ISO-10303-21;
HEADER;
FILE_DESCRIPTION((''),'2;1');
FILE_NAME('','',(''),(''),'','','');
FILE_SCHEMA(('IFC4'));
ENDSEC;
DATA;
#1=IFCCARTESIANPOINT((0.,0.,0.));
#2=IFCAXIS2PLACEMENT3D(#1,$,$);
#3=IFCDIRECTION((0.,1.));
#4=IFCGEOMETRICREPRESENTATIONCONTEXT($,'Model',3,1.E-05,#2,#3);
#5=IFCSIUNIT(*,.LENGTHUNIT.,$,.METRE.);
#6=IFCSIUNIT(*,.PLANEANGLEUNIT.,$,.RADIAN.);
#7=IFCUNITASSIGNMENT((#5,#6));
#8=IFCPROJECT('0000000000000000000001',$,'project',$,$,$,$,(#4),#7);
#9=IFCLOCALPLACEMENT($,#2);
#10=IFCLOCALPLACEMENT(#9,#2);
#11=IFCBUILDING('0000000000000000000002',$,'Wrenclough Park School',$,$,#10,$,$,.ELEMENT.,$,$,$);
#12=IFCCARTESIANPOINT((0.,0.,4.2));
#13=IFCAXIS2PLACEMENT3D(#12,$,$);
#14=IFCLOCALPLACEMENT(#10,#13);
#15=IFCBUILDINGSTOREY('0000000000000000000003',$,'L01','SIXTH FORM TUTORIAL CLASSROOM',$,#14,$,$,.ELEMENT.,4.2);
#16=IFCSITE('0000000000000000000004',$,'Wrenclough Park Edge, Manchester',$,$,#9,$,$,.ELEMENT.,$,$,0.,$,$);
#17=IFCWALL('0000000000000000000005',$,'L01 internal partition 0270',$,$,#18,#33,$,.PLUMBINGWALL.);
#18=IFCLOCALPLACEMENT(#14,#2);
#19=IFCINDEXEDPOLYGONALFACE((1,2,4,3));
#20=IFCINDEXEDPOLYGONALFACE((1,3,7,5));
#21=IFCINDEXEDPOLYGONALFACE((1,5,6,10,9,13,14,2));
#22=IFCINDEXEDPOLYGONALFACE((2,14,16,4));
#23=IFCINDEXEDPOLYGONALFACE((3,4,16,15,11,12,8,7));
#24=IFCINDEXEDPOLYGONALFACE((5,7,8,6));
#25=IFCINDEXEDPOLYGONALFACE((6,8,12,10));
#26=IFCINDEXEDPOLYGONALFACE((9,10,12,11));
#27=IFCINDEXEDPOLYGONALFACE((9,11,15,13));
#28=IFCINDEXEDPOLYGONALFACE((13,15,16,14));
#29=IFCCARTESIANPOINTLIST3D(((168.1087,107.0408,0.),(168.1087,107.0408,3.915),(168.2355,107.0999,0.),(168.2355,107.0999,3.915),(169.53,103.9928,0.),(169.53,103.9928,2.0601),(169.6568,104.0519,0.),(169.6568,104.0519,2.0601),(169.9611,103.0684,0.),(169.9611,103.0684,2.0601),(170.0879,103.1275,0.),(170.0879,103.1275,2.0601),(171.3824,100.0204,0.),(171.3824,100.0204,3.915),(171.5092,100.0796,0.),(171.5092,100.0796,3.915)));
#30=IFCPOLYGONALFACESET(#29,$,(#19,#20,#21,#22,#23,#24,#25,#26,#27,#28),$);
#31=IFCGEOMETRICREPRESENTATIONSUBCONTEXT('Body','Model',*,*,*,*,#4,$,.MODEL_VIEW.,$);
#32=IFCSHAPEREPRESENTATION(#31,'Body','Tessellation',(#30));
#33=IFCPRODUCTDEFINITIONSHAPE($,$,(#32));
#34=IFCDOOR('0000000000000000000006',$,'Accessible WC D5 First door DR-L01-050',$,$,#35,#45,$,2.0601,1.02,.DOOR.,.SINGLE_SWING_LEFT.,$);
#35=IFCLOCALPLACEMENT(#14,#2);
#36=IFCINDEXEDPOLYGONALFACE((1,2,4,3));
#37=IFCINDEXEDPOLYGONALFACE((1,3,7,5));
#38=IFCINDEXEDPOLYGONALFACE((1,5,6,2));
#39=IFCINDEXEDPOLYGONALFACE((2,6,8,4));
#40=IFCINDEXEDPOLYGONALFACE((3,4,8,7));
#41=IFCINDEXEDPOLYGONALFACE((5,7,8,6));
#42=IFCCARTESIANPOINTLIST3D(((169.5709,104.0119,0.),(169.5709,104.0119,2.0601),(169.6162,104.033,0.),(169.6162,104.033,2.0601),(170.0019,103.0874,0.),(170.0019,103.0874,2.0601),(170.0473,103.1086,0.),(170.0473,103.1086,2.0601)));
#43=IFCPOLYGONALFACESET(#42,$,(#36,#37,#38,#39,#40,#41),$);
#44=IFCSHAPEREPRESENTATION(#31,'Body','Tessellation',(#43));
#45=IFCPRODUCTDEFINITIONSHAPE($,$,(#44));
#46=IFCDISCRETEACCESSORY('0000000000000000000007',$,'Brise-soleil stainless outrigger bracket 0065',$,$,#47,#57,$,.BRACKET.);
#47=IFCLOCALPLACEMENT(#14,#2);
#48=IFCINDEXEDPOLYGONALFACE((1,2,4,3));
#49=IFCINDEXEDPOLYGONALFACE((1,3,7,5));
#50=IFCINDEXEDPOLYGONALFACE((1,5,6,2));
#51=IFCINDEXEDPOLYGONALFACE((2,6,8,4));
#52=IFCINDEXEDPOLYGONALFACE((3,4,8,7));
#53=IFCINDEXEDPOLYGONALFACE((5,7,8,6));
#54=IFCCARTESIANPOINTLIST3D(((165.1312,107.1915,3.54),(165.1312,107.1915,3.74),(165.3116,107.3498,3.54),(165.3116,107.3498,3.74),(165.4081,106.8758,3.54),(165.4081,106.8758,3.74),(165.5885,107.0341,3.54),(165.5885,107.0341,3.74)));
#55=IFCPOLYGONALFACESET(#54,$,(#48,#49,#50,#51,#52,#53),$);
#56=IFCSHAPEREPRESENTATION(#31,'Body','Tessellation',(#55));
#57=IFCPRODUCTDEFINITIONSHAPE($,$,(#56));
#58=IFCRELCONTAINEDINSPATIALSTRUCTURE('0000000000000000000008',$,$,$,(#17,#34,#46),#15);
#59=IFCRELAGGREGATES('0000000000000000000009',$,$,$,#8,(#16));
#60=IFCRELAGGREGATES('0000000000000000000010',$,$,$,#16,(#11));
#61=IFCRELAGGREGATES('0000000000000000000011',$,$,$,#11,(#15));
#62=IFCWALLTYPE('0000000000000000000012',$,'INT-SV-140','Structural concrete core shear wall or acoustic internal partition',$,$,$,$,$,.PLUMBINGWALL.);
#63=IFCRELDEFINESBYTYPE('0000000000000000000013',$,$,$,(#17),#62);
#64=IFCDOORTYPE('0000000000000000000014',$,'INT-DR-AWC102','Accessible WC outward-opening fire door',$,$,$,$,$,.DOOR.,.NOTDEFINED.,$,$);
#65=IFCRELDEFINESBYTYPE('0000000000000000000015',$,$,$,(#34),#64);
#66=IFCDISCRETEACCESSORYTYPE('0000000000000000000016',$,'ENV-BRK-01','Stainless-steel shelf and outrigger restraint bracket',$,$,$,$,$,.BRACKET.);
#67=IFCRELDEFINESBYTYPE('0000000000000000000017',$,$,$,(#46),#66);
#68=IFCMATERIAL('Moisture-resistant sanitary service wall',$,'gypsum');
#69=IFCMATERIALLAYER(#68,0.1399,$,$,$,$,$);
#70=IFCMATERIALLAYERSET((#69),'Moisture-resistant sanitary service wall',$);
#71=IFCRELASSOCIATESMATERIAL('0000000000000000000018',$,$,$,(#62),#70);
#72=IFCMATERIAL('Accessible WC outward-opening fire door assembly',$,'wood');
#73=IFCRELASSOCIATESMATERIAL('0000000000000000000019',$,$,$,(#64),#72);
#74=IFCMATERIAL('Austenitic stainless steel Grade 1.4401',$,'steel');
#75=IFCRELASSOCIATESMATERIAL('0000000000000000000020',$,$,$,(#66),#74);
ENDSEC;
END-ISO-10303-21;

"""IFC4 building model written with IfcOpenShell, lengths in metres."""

from ifc_helpers import new_model, si_unit, direction, frame, frame_2d, origin, origin_2d, place, context, subcontext, project, spatial, rectangle, extrude, material, layer, layer_set, type_object, element, fill, save


model = new_model("IFC4")

# Units and contexts
model_context = context("Model", 3, precision=1e-05, world=origin(), true_north=direction((0.0, 1.0)))
body_context = subcontext(model_context, "Body", "Model", "MODEL_VIEW")
ifc_project = project(units=[si_unit("LENGTHUNIT", "METRE"), si_unit("PLANEANGLEUNIT", "RADIAN")], contexts=[model_context])

# Site, building, storey
site_placement = place(None, origin())
site = spatial("IfcSite", under=ifc_project, at=site_placement, Name="Wrenclough Park Edge, Manchester", CompositionType="ELEMENT", RefElevation=0.0)
building_placement = place(site_placement, origin())
building = spatial("IfcBuilding", under=site, at=building_placement, Name="Wrenclough Park School", CompositionType="ELEMENT")
storey_placement = place(building_placement, frame((0.0, 0.0, 4.2)))
storey = spatial("IfcBuildingStorey", under=building, at=storey_placement, Name="L01", Description="SIXTH FORM TUTORIAL CLASSROOM", CompositionType="ELEMENT", Elevation=4.2)

# Wall, opening, door
ifc_material_1 = material(Name="Moisture-resistant sanitary service wall", Category="gypsum")
ifc_layer_1 = layer(ifc_material_1, 0.1399)
ifc_layer_set_1 = layer_set([ifc_layer_1], Name="Moisture-resistant sanitary service wall")
wall_type_1 = type_object("IfcWallType", Name="INT-SV-140", Description="Structural concrete core shear wall or acoustic internal partition", PredefinedType="PLUMBINGWALL", material=ifc_layer_set_1)
wall_1_placement = place(storey_placement, frame((168.1721, 107.0703, 0.0), z_axis=(0.0, 0.0, 1.0), x_axis=(0.422627, -0.906304, 0.0)))
wall_1 = element("IfcWall", 1, at=wall_1_placement, inside=storey, type_object=wall_type_1, Name="L01 internal partition 0270", PredefinedType="PLUMBINGWALL", context=body_context, shape_type="SweptSolid", body=[
    extrude(rectangle(XDim=7.7461, YDim=0.1399, at=frame_2d((3.873, 0.0))), origin(), (0.0, 0.0, 1.0), 3.915),
])
opening_placement = place(wall_1_placement, frame((3.363, 0.0, 0.0)))
opening = element("IfcOpeningElement", 2, at=opening_placement, cuts=wall_1, PredefinedType="OPENING", context=body_context, shape_type="SweptSolid", body=[
    extrude(rectangle(XDim=1.02, YDim=2.0601, at=frame_2d((0.51, 1.03))), frame((0.0, 0.0798, 0.0), z_axis=(0.0, -1.0, 0.0), x_axis=(1.0, 0.0, 0.0)), (0.0, 0.0, 1.0), 0.1599),
])
ifc_material_2 = material(Name="Accessible WC outward-opening fire door assembly", Category="wood")
door_type = type_object("IfcDoorType", Name="INT-DR-AWC102", Description="Accessible WC outward-opening fire door", OperationType="NOTDEFINED", PredefinedType="DOOR", material=ifc_material_2)
door_placement = place(opening_placement, frame((1.02, 0.0, 0.0), z_axis=(0.0, 0.0, 1.0), x_axis=(-1.0, 0.0, 0.0)))
door = element("IfcDoor", 3, at=door_placement, inside=storey, type_object=door_type, Name="Accessible WC D5 First door DR-L01-050", OperationType="SINGLE_SWING_LEFT", OverallHeight=2.0601, OverallWidth=1.02, PredefinedType="DOOR", context=body_context, shape_type="SweptSolid", body=[
    extrude(rectangle(XDim=1.02, YDim=2.0601, at=frame_2d((0.51, 1.03))), frame((0.0, 0.0249, 0.0), z_axis=(0.0, -1.0, 0.0), x_axis=(1.0, 0.0, 0.0)), (0.0, 0.0, 1.0), 0.05),
])
fill(opening, door)

# Discrete accessory
ifc_material_3 = material(Name="Austenitic stainless steel Grade 1.4401", Category="steel")
discrete_accessory_type = type_object("IfcDiscreteAccessoryType", Name="ENV-BRK-01", Description="Stainless-steel shelf and outrigger restraint bracket", PredefinedType="BRACKET", material=ifc_material_3)
discrete_accessory_placement = place(storey_placement, frame((165.3599, 107.1128, 3.54), z_axis=(0.0, 0.0, 1.0), x_axis=(-0.751831, -0.659356, 0.0)))
element("IfcDiscreteAccessory", 4, at=discrete_accessory_placement, inside=storey, type_object=discrete_accessory_type, Name="Brise-soleil stainless outrigger bracket 0065", PredefinedType="BRACKET", context=body_context, shape_type="SweptSolid", body=[
    extrude(rectangle(XDim=0.24, YDim=0.4199, at=origin_2d()), origin(), (0.0, 0.0, 1.0), 0.2),
])

save(model, "model.ifc")
